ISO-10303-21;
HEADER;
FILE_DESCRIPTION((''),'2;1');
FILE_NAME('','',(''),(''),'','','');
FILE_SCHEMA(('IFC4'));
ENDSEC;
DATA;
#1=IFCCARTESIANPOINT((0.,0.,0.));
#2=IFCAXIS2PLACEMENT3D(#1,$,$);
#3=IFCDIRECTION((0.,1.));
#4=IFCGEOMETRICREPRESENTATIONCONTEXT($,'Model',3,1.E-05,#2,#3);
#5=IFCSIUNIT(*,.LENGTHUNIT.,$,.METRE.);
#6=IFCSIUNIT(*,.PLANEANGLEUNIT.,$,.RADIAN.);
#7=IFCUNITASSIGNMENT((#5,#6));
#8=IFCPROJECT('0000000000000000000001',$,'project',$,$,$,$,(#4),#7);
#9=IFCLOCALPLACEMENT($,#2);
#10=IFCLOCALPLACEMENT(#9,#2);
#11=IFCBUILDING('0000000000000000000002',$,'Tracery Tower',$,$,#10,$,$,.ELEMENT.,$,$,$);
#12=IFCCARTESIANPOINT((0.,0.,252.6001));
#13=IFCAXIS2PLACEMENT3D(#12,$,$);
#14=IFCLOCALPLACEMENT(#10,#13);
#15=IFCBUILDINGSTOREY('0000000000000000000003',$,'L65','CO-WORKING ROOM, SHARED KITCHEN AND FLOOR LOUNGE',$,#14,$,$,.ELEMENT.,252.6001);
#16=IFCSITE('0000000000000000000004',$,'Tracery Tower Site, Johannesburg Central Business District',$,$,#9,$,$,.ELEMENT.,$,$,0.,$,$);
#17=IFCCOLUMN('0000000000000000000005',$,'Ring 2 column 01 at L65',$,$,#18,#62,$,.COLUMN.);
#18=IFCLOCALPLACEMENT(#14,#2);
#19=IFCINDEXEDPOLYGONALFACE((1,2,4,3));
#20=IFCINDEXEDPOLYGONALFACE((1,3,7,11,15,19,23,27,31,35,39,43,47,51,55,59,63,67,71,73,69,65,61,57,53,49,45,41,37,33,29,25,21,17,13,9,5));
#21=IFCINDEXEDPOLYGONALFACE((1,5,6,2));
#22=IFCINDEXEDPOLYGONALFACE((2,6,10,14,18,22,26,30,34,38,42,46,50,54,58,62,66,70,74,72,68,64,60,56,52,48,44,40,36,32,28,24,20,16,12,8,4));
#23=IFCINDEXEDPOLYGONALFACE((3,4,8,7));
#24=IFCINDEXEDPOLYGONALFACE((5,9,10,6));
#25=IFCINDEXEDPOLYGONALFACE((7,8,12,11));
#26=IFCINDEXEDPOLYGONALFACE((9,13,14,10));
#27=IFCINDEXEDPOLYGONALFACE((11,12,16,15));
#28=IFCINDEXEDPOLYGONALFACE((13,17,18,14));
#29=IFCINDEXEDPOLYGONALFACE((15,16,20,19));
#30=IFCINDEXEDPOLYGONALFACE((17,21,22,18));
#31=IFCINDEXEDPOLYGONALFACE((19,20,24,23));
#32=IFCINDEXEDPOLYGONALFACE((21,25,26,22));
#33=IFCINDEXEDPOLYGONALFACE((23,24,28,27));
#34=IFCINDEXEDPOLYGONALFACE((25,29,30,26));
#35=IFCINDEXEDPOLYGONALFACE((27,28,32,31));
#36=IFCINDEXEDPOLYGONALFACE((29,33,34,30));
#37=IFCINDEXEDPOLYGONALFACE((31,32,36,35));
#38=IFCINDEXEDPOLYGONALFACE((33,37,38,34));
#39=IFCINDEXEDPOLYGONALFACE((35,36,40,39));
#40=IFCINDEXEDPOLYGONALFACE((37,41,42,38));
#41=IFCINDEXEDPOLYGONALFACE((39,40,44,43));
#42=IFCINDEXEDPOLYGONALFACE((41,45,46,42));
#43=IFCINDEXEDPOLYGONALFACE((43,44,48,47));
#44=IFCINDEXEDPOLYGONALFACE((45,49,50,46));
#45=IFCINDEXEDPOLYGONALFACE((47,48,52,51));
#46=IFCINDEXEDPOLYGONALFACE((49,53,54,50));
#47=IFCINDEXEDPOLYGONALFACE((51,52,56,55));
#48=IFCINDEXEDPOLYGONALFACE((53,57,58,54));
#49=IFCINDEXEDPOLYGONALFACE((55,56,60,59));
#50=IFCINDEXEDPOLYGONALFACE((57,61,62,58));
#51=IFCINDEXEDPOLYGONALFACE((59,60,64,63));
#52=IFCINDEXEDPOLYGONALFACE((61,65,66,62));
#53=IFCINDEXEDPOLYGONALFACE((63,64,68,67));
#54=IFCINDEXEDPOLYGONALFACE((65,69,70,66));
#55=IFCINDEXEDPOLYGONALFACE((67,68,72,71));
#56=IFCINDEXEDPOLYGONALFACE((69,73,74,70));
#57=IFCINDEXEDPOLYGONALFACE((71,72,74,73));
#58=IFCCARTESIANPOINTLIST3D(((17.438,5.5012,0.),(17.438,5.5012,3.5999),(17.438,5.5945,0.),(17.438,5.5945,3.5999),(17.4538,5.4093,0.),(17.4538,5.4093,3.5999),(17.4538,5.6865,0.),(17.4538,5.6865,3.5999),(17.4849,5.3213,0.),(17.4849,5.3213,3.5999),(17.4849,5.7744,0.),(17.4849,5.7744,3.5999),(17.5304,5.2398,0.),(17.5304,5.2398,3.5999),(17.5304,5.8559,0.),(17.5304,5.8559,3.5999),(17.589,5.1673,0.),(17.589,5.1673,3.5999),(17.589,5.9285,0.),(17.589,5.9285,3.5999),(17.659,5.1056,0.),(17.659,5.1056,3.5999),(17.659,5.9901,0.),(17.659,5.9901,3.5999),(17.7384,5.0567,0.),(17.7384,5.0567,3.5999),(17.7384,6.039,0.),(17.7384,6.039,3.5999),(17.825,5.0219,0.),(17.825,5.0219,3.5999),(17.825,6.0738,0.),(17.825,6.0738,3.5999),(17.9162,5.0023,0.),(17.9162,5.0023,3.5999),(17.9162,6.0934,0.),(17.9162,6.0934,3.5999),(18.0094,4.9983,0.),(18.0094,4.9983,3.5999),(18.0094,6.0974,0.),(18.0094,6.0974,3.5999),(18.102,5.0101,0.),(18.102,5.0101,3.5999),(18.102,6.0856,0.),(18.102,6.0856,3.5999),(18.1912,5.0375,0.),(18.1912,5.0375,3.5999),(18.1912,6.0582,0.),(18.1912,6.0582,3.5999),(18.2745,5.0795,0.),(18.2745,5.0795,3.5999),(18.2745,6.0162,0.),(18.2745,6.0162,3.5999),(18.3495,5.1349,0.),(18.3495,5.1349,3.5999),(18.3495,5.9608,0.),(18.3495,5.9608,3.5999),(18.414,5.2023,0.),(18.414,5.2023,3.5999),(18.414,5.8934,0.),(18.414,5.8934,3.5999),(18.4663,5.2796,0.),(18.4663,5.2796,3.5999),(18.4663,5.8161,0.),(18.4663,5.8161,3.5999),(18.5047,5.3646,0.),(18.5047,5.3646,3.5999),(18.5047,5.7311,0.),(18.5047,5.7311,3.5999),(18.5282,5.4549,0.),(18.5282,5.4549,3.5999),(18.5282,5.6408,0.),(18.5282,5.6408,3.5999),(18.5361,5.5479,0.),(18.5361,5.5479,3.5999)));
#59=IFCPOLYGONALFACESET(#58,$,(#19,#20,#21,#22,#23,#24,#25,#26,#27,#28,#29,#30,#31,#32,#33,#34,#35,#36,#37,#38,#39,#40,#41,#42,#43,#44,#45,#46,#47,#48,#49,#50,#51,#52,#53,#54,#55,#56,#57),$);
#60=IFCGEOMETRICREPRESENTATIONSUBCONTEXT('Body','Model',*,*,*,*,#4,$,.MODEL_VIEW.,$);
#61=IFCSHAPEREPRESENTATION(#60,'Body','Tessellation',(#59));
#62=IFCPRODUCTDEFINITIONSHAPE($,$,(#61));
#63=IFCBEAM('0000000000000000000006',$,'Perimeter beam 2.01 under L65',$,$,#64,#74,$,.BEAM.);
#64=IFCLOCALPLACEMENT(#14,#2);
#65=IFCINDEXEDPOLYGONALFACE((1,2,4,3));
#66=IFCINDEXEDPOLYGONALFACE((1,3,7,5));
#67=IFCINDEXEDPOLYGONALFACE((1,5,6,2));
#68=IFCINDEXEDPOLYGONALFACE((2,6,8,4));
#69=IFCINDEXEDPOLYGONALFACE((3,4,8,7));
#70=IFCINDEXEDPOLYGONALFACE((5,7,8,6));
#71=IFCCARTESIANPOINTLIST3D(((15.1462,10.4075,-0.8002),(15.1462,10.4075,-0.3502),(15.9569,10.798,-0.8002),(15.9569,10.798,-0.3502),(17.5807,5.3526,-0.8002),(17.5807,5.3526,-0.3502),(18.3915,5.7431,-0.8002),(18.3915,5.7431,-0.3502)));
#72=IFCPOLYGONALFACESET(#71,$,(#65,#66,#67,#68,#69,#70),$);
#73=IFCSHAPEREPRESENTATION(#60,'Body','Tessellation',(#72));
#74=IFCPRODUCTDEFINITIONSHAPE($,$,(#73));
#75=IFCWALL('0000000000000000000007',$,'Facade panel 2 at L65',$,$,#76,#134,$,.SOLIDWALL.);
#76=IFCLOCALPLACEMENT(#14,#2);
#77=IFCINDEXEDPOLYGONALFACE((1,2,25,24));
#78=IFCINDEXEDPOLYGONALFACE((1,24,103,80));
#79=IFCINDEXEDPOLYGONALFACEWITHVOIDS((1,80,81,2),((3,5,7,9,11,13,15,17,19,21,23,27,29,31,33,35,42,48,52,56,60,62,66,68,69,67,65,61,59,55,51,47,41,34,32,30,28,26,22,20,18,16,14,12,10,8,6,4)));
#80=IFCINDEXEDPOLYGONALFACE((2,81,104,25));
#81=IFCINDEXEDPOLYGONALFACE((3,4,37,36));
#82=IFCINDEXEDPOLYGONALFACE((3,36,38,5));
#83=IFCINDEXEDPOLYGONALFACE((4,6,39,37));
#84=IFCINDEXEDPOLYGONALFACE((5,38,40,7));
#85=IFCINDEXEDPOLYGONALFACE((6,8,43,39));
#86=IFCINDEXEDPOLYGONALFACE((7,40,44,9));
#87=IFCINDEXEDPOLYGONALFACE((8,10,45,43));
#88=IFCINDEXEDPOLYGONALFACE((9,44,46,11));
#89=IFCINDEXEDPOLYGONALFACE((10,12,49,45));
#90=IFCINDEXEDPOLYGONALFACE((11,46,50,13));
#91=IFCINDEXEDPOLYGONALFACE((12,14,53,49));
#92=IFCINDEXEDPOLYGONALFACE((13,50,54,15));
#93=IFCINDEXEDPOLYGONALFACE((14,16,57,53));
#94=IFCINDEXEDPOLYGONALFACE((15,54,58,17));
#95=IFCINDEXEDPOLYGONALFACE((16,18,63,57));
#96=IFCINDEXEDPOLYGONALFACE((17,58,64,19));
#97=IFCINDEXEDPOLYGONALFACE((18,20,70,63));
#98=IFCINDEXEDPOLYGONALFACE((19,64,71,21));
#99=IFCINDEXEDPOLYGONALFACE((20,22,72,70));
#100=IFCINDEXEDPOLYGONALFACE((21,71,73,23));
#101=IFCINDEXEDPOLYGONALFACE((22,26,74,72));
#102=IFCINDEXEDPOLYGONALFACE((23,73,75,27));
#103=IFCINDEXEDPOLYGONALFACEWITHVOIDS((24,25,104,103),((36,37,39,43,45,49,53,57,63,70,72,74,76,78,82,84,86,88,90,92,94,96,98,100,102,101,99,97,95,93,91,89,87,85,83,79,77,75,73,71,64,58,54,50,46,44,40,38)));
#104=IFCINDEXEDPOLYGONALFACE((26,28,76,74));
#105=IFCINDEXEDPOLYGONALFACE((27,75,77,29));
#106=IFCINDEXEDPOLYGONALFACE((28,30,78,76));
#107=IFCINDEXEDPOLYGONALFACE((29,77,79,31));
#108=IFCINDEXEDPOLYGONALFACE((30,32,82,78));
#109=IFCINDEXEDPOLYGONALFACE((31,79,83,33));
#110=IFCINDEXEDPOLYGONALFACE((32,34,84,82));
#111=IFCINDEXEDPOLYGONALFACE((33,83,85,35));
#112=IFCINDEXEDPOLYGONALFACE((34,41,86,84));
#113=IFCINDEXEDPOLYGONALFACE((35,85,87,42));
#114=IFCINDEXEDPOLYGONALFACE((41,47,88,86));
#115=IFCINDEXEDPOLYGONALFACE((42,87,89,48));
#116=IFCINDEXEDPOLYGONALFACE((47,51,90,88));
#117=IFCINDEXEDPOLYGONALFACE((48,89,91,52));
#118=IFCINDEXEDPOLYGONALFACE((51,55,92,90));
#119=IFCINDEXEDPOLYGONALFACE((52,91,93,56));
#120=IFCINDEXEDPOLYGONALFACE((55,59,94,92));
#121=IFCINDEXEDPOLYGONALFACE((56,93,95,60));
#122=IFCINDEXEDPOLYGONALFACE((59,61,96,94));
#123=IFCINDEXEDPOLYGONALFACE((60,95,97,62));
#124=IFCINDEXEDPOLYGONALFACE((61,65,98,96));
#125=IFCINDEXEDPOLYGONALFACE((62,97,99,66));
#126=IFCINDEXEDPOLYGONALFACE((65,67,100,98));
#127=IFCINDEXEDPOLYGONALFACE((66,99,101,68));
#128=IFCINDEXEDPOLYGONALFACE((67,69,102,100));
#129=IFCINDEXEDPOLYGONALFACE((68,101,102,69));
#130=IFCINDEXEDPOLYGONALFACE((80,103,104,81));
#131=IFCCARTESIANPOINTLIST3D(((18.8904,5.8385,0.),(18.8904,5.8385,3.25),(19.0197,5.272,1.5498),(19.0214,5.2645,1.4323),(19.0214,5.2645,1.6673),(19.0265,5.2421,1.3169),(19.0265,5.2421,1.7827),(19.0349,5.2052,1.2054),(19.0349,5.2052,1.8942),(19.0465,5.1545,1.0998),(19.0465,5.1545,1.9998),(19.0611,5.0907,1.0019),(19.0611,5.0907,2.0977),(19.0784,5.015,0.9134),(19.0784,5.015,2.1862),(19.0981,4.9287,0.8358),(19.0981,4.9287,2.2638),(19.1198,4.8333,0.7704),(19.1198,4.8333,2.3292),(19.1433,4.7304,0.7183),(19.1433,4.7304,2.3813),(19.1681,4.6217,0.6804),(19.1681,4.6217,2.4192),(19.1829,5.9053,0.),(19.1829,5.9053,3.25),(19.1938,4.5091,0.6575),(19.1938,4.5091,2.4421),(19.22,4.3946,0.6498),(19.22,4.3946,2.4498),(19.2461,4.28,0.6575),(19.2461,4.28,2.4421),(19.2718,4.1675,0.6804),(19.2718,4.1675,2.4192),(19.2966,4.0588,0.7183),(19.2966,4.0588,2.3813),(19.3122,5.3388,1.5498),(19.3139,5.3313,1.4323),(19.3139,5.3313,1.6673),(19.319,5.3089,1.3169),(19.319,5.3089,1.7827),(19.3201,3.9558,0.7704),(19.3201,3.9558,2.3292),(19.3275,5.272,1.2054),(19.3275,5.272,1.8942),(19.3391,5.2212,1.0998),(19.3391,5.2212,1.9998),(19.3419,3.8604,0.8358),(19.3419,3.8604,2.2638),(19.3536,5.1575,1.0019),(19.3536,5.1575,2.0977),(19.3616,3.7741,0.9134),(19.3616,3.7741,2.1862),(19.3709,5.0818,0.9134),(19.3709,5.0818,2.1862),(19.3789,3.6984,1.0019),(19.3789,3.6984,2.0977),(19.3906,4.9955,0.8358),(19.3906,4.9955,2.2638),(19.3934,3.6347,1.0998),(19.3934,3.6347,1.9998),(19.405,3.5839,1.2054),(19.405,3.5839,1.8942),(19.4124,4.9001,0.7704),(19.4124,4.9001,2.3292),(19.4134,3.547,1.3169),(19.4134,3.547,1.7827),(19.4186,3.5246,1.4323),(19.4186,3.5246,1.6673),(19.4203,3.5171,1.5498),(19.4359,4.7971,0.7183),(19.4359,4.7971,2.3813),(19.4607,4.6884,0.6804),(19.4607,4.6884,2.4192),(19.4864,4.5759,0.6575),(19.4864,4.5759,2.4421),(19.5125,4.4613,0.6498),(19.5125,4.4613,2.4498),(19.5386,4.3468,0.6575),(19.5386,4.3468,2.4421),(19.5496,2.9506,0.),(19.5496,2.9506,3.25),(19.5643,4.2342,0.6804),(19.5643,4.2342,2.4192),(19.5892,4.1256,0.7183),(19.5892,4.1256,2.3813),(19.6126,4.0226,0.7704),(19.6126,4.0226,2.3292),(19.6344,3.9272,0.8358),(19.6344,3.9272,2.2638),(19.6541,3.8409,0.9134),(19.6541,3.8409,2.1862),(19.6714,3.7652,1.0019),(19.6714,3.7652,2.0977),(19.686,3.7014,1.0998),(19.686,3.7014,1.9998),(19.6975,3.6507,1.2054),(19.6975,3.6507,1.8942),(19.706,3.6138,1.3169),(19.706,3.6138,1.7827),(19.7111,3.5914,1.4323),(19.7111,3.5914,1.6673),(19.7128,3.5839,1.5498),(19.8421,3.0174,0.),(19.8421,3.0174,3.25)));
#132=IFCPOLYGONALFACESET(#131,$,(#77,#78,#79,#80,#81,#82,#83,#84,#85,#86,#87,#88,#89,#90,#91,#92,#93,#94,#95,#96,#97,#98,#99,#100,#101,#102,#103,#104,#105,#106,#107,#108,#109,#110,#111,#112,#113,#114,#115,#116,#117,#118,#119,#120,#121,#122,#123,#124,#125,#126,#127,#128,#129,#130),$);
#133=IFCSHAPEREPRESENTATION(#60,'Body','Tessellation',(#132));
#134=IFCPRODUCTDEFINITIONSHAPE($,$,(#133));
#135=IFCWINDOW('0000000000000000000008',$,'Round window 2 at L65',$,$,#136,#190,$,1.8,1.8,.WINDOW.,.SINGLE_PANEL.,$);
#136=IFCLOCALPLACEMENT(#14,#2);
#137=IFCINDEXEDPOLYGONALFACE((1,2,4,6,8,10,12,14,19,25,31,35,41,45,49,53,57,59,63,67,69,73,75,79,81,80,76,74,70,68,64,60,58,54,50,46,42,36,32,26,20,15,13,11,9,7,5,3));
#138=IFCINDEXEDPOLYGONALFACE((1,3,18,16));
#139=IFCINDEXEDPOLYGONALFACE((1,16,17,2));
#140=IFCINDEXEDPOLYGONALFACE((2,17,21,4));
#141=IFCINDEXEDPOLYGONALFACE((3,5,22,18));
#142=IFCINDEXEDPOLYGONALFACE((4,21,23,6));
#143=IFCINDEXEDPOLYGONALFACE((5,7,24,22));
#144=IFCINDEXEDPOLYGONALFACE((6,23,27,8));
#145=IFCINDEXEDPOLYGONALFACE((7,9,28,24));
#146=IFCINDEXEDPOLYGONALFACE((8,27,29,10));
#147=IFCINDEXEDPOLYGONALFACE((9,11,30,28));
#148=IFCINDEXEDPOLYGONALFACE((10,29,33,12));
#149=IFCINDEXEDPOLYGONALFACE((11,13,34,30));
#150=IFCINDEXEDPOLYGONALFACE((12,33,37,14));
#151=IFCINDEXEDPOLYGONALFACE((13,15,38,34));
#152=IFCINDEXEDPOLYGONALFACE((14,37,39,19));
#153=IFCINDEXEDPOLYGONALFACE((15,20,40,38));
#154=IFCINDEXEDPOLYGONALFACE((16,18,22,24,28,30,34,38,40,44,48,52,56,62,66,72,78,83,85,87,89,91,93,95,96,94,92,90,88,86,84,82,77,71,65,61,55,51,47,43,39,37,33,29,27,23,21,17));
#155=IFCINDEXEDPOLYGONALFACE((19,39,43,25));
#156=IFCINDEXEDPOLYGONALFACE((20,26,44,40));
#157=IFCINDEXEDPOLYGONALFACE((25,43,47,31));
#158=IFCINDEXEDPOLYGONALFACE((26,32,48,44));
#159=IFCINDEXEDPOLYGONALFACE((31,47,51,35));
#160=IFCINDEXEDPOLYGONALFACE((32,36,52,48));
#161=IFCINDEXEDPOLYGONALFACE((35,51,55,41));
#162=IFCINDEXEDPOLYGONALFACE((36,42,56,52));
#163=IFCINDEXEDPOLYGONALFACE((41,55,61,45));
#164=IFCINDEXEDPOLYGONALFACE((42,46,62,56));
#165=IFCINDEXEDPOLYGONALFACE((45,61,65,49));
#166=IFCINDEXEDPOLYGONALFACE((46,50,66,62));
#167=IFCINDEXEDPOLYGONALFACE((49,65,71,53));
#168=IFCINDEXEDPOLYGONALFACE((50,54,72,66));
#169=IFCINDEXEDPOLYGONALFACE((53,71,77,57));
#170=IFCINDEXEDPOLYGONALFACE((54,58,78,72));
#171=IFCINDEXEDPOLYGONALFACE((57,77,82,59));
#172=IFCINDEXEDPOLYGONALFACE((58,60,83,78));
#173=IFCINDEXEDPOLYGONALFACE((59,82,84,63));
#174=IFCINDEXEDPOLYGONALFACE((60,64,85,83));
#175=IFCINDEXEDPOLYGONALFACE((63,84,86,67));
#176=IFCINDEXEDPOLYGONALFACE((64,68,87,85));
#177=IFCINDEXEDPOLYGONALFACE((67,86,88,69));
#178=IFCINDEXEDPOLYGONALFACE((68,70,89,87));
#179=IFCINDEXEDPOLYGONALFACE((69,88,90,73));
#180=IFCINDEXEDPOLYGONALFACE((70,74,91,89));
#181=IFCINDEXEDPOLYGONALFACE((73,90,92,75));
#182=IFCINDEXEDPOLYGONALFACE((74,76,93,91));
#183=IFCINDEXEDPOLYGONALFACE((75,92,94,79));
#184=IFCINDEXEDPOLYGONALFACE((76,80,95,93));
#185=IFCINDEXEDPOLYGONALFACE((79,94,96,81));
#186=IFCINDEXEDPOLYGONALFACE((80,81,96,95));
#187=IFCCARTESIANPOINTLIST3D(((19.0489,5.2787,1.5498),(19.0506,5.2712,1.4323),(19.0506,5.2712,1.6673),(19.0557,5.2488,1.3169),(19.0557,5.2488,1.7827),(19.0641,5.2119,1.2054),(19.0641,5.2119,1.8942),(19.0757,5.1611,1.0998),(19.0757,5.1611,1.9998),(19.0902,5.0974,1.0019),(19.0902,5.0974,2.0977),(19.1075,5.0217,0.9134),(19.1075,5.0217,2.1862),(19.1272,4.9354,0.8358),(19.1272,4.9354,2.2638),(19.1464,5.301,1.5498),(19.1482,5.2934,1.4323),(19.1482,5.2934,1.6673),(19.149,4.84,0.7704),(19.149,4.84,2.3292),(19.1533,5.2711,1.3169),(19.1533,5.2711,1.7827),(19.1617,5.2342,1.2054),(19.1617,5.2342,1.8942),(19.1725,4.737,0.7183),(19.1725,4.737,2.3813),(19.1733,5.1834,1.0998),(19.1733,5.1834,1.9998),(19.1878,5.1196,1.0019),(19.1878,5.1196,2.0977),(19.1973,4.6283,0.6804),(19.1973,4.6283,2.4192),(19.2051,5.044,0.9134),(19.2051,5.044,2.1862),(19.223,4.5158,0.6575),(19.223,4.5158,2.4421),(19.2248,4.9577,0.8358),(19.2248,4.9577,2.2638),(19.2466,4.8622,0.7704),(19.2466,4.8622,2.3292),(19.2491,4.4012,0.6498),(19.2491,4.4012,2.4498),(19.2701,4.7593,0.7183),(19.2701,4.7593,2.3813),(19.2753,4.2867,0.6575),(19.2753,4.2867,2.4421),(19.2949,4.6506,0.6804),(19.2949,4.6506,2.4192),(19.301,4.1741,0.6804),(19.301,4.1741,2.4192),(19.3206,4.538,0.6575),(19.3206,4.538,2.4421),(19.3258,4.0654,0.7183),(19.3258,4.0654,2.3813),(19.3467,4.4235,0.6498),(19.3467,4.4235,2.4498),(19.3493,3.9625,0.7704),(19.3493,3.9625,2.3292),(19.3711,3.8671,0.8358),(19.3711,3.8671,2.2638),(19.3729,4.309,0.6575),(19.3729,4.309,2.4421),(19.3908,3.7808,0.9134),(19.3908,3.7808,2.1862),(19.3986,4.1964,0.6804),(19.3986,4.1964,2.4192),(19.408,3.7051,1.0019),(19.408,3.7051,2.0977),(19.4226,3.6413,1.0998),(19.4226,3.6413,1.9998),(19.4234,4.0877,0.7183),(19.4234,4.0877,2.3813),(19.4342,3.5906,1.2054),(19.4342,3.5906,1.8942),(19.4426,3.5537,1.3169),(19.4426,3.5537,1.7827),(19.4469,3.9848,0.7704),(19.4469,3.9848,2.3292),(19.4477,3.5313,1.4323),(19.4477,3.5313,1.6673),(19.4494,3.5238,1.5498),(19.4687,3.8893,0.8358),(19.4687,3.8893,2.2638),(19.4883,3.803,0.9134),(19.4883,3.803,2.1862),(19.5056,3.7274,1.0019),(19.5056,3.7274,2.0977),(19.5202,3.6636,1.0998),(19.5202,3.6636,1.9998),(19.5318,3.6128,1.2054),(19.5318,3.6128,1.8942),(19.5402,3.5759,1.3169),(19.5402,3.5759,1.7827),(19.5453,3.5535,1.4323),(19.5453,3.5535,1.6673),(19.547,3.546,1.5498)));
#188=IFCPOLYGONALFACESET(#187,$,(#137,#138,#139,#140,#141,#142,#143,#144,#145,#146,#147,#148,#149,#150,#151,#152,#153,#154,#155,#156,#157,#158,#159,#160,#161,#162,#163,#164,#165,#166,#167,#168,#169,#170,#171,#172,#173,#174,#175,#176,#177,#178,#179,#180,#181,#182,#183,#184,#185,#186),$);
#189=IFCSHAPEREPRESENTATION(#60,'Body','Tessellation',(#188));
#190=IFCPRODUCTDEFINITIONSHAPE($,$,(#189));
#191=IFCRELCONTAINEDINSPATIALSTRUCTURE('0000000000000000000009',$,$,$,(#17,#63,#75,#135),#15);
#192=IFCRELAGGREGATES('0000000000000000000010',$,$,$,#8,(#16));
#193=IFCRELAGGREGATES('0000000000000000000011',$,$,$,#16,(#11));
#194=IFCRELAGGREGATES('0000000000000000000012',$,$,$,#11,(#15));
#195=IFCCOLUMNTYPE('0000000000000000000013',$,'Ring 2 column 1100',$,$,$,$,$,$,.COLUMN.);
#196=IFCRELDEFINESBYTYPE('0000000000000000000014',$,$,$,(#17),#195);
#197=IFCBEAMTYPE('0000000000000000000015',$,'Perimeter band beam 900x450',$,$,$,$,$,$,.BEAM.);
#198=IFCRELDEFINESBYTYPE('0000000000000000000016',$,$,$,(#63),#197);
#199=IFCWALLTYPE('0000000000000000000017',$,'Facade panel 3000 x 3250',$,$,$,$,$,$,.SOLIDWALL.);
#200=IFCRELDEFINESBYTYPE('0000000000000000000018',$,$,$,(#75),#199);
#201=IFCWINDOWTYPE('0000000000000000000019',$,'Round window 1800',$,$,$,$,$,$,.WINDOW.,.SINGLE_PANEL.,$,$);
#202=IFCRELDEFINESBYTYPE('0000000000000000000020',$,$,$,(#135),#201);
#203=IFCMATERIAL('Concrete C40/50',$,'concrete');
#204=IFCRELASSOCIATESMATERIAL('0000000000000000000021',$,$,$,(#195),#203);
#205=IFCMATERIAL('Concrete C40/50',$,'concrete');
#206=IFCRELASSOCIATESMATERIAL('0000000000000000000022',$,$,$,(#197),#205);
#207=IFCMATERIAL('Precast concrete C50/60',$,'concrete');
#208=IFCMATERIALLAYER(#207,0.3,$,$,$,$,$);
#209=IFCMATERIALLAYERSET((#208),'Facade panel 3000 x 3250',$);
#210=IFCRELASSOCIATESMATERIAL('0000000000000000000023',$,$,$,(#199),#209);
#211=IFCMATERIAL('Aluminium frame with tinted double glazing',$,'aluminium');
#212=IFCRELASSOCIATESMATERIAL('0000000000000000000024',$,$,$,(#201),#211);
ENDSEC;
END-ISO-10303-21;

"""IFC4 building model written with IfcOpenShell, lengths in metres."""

from ifc_helpers import new_model, si_unit, direction, frame, frame_2d, origin, origin_2d, place, context, subcontext, project, spatial, rectangle, circle, extrude, material, layer, layer_set, material_profile, profile_set, type_object, element, fill, save


model = new_model("IFC4")

# Units and contexts
model_context = context("Model", 3, precision=1e-05, world=origin(), true_north=direction((0.0, 1.0)))
body_context = subcontext(model_context, "Body", "Model", "MODEL_VIEW")
ifc_project = project(units=[si_unit("LENGTHUNIT", "METRE"), si_unit("PLANEANGLEUNIT", "RADIAN")], contexts=[model_context])

# Site, building, storey
site_placement = place(None, origin())
site = spatial("IfcSite", under=ifc_project, at=site_placement, Name="Tracery Tower Site, Johannesburg Central Business District", CompositionType="ELEMENT", RefElevation=0.0)
building_placement = place(site_placement, origin())
building = spatial("IfcBuilding", under=site, at=building_placement, Name="Tracery Tower", CompositionType="ELEMENT")
storey_placement = place(building_placement, frame((0.0, 0.0, 252.6001)))
storey = spatial("IfcBuildingStorey", under=building, at=storey_placement, Name="L65", Description="CO-WORKING ROOM, SHARED KITCHEN AND FLOOR LOUNGE", CompositionType="ELEMENT", Elevation=252.6001)

# Column
ifc_material_1 = material(Name="Concrete C40/50", Category="concrete")
ifc_material_profile_1 = material_profile(ifc_material_1, circle(Radius=0.55, at=origin_2d()), Name="RC D1100")
ifc_profile_set_1 = profile_set([ifc_material_profile_1], Name="Concrete C40/50")
column_type = type_object("IfcColumnType", Name="Ring 2 column 1100", PredefinedType="COLUMN", material=ifc_profile_set_1)
column_placement = place(storey_placement, frame((17.9861, 5.5479, 0.0), z_axis=(0.0, 0.0, 1.0), x_axis=(1.0, 0.0, 0.0)))
element("IfcColumn", 1, at=column_placement, inside=storey, type_object=column_type, Name="Ring 2 column 01 at L65", PredefinedType="COLUMN", context=body_context, shape_type="SweptSolid", body=[
    extrude(circle(Radius=0.55, at=origin_2d()), origin(), (0.0, 0.0, 1.0), 3.5999),
])

# Beam
ifc_material_2 = material(Name="Concrete C40/50", Category="concrete")
ifc_material_profile_2 = material_profile(ifc_material_2, rectangle(XDim=0.8999, YDim=0.45, at=origin_2d()), Name="RC 900x450")
ifc_profile_set_2 = profile_set([ifc_material_profile_2], Name="Concrete C40/50")
beam_type = type_object("IfcBeamType", Name="Perimeter band beam 900x450", PredefinedType="BEAM", material=ifc_profile_set_2)
beam_placement = place(storey_placement, frame((17.9861, 5.5479, -0.5752), z_axis=(-0.433919, 0.900952, 0.0), x_axis=(-0.900952, -0.433919, 0.0)))
element("IfcBeam", 2, at=beam_placement, inside=storey, type_object=beam_type, Name="Perimeter beam 2.01 under L65", PredefinedType="BEAM", context=body_context, shape_type="SweptSolid", body=[
    extrude(rectangle(XDim=0.8999, YDim=0.45, at=origin_2d()), origin(), (0.0, 0.0, 1.0), 5.6106),
])

# Wall, opening, window
ifc_material_3 = material(Name="Precast concrete C50/60", Category="concrete")
ifc_layer_1 = layer(ifc_material_3, 0.3)
ifc_layer_set_1 = layer_set([ifc_layer_1], Name="Facade panel 3000 x 3250")
wall_type_1 = type_object("IfcWallType", Name="Facade panel 3000 x 3250", PredefinedType="SOLIDWALL", material=ifc_layer_set_1)
wall_1_placement = place(storey_placement, frame((19.6958, 2.9841, 0.0), z_axis=(0.0, 0.0, 1.0), x_axis=(-0.222529, 0.974926, 0.0)))
wall_1 = element("IfcWall", 3, at=wall_1_placement, inside=storey, type_object=wall_type_1, Name="Facade panel 2 at L65", PredefinedType="SOLIDWALL", context=body_context, shape_type="SweptSolid", body=[
    extrude(rectangle(XDim=2.9622, YDim=0.3, at=frame_2d((1.481, 0.0))), origin(), (0.0, 0.0, 1.0), 3.25),
])
opening_1_placement = place(wall_1_placement, frame((1.481, 0.0, 1.5498)))
opening_1 = element("IfcOpeningElement", 4, at=opening_1_placement, cuts=wall_1, PredefinedType="OPENING", context=body_context, shape_type="SweptSolid", body=[
    extrude(circle(Radius=0.9, at=origin_2d()), frame((0.0, 0.1599, 0.0), z_axis=(0.0, -1.0, 0.0), x_axis=(1.0, 0.0, 0.0)), (0.0, 0.0, 1.0), 0.3201),
])
ifc_material_4 = material(Name="Aluminium frame with tinted double glazing", Category="aluminium")
window_type = type_object("IfcWindowType", Name="Round window 1800", PartitioningType="SINGLE_PANEL", PredefinedType="WINDOW", material=ifc_material_4)
window_1_placement = place(opening_1_placement, origin())
window_1 = element("IfcWindow", 5, at=window_1_placement, inside=storey, type_object=window_type, Name="Round window 2 at L65", OverallHeight=1.8, OverallWidth=1.8, PartitioningType="SINGLE_PANEL", PredefinedType="WINDOW", context=body_context, shape_type="SweptSolid", body=[
    extrude(circle(Radius=0.9, at=origin_2d()), frame((0.0, 0.1201, 0.0), z_axis=(0.0, -1.0, 0.0), x_axis=(1.0, 0.0, 0.0)), (0.0, 0.0, 1.0), 0.1001),
])
fill(opening_1, window_1)

save(model, "model.ifc")
